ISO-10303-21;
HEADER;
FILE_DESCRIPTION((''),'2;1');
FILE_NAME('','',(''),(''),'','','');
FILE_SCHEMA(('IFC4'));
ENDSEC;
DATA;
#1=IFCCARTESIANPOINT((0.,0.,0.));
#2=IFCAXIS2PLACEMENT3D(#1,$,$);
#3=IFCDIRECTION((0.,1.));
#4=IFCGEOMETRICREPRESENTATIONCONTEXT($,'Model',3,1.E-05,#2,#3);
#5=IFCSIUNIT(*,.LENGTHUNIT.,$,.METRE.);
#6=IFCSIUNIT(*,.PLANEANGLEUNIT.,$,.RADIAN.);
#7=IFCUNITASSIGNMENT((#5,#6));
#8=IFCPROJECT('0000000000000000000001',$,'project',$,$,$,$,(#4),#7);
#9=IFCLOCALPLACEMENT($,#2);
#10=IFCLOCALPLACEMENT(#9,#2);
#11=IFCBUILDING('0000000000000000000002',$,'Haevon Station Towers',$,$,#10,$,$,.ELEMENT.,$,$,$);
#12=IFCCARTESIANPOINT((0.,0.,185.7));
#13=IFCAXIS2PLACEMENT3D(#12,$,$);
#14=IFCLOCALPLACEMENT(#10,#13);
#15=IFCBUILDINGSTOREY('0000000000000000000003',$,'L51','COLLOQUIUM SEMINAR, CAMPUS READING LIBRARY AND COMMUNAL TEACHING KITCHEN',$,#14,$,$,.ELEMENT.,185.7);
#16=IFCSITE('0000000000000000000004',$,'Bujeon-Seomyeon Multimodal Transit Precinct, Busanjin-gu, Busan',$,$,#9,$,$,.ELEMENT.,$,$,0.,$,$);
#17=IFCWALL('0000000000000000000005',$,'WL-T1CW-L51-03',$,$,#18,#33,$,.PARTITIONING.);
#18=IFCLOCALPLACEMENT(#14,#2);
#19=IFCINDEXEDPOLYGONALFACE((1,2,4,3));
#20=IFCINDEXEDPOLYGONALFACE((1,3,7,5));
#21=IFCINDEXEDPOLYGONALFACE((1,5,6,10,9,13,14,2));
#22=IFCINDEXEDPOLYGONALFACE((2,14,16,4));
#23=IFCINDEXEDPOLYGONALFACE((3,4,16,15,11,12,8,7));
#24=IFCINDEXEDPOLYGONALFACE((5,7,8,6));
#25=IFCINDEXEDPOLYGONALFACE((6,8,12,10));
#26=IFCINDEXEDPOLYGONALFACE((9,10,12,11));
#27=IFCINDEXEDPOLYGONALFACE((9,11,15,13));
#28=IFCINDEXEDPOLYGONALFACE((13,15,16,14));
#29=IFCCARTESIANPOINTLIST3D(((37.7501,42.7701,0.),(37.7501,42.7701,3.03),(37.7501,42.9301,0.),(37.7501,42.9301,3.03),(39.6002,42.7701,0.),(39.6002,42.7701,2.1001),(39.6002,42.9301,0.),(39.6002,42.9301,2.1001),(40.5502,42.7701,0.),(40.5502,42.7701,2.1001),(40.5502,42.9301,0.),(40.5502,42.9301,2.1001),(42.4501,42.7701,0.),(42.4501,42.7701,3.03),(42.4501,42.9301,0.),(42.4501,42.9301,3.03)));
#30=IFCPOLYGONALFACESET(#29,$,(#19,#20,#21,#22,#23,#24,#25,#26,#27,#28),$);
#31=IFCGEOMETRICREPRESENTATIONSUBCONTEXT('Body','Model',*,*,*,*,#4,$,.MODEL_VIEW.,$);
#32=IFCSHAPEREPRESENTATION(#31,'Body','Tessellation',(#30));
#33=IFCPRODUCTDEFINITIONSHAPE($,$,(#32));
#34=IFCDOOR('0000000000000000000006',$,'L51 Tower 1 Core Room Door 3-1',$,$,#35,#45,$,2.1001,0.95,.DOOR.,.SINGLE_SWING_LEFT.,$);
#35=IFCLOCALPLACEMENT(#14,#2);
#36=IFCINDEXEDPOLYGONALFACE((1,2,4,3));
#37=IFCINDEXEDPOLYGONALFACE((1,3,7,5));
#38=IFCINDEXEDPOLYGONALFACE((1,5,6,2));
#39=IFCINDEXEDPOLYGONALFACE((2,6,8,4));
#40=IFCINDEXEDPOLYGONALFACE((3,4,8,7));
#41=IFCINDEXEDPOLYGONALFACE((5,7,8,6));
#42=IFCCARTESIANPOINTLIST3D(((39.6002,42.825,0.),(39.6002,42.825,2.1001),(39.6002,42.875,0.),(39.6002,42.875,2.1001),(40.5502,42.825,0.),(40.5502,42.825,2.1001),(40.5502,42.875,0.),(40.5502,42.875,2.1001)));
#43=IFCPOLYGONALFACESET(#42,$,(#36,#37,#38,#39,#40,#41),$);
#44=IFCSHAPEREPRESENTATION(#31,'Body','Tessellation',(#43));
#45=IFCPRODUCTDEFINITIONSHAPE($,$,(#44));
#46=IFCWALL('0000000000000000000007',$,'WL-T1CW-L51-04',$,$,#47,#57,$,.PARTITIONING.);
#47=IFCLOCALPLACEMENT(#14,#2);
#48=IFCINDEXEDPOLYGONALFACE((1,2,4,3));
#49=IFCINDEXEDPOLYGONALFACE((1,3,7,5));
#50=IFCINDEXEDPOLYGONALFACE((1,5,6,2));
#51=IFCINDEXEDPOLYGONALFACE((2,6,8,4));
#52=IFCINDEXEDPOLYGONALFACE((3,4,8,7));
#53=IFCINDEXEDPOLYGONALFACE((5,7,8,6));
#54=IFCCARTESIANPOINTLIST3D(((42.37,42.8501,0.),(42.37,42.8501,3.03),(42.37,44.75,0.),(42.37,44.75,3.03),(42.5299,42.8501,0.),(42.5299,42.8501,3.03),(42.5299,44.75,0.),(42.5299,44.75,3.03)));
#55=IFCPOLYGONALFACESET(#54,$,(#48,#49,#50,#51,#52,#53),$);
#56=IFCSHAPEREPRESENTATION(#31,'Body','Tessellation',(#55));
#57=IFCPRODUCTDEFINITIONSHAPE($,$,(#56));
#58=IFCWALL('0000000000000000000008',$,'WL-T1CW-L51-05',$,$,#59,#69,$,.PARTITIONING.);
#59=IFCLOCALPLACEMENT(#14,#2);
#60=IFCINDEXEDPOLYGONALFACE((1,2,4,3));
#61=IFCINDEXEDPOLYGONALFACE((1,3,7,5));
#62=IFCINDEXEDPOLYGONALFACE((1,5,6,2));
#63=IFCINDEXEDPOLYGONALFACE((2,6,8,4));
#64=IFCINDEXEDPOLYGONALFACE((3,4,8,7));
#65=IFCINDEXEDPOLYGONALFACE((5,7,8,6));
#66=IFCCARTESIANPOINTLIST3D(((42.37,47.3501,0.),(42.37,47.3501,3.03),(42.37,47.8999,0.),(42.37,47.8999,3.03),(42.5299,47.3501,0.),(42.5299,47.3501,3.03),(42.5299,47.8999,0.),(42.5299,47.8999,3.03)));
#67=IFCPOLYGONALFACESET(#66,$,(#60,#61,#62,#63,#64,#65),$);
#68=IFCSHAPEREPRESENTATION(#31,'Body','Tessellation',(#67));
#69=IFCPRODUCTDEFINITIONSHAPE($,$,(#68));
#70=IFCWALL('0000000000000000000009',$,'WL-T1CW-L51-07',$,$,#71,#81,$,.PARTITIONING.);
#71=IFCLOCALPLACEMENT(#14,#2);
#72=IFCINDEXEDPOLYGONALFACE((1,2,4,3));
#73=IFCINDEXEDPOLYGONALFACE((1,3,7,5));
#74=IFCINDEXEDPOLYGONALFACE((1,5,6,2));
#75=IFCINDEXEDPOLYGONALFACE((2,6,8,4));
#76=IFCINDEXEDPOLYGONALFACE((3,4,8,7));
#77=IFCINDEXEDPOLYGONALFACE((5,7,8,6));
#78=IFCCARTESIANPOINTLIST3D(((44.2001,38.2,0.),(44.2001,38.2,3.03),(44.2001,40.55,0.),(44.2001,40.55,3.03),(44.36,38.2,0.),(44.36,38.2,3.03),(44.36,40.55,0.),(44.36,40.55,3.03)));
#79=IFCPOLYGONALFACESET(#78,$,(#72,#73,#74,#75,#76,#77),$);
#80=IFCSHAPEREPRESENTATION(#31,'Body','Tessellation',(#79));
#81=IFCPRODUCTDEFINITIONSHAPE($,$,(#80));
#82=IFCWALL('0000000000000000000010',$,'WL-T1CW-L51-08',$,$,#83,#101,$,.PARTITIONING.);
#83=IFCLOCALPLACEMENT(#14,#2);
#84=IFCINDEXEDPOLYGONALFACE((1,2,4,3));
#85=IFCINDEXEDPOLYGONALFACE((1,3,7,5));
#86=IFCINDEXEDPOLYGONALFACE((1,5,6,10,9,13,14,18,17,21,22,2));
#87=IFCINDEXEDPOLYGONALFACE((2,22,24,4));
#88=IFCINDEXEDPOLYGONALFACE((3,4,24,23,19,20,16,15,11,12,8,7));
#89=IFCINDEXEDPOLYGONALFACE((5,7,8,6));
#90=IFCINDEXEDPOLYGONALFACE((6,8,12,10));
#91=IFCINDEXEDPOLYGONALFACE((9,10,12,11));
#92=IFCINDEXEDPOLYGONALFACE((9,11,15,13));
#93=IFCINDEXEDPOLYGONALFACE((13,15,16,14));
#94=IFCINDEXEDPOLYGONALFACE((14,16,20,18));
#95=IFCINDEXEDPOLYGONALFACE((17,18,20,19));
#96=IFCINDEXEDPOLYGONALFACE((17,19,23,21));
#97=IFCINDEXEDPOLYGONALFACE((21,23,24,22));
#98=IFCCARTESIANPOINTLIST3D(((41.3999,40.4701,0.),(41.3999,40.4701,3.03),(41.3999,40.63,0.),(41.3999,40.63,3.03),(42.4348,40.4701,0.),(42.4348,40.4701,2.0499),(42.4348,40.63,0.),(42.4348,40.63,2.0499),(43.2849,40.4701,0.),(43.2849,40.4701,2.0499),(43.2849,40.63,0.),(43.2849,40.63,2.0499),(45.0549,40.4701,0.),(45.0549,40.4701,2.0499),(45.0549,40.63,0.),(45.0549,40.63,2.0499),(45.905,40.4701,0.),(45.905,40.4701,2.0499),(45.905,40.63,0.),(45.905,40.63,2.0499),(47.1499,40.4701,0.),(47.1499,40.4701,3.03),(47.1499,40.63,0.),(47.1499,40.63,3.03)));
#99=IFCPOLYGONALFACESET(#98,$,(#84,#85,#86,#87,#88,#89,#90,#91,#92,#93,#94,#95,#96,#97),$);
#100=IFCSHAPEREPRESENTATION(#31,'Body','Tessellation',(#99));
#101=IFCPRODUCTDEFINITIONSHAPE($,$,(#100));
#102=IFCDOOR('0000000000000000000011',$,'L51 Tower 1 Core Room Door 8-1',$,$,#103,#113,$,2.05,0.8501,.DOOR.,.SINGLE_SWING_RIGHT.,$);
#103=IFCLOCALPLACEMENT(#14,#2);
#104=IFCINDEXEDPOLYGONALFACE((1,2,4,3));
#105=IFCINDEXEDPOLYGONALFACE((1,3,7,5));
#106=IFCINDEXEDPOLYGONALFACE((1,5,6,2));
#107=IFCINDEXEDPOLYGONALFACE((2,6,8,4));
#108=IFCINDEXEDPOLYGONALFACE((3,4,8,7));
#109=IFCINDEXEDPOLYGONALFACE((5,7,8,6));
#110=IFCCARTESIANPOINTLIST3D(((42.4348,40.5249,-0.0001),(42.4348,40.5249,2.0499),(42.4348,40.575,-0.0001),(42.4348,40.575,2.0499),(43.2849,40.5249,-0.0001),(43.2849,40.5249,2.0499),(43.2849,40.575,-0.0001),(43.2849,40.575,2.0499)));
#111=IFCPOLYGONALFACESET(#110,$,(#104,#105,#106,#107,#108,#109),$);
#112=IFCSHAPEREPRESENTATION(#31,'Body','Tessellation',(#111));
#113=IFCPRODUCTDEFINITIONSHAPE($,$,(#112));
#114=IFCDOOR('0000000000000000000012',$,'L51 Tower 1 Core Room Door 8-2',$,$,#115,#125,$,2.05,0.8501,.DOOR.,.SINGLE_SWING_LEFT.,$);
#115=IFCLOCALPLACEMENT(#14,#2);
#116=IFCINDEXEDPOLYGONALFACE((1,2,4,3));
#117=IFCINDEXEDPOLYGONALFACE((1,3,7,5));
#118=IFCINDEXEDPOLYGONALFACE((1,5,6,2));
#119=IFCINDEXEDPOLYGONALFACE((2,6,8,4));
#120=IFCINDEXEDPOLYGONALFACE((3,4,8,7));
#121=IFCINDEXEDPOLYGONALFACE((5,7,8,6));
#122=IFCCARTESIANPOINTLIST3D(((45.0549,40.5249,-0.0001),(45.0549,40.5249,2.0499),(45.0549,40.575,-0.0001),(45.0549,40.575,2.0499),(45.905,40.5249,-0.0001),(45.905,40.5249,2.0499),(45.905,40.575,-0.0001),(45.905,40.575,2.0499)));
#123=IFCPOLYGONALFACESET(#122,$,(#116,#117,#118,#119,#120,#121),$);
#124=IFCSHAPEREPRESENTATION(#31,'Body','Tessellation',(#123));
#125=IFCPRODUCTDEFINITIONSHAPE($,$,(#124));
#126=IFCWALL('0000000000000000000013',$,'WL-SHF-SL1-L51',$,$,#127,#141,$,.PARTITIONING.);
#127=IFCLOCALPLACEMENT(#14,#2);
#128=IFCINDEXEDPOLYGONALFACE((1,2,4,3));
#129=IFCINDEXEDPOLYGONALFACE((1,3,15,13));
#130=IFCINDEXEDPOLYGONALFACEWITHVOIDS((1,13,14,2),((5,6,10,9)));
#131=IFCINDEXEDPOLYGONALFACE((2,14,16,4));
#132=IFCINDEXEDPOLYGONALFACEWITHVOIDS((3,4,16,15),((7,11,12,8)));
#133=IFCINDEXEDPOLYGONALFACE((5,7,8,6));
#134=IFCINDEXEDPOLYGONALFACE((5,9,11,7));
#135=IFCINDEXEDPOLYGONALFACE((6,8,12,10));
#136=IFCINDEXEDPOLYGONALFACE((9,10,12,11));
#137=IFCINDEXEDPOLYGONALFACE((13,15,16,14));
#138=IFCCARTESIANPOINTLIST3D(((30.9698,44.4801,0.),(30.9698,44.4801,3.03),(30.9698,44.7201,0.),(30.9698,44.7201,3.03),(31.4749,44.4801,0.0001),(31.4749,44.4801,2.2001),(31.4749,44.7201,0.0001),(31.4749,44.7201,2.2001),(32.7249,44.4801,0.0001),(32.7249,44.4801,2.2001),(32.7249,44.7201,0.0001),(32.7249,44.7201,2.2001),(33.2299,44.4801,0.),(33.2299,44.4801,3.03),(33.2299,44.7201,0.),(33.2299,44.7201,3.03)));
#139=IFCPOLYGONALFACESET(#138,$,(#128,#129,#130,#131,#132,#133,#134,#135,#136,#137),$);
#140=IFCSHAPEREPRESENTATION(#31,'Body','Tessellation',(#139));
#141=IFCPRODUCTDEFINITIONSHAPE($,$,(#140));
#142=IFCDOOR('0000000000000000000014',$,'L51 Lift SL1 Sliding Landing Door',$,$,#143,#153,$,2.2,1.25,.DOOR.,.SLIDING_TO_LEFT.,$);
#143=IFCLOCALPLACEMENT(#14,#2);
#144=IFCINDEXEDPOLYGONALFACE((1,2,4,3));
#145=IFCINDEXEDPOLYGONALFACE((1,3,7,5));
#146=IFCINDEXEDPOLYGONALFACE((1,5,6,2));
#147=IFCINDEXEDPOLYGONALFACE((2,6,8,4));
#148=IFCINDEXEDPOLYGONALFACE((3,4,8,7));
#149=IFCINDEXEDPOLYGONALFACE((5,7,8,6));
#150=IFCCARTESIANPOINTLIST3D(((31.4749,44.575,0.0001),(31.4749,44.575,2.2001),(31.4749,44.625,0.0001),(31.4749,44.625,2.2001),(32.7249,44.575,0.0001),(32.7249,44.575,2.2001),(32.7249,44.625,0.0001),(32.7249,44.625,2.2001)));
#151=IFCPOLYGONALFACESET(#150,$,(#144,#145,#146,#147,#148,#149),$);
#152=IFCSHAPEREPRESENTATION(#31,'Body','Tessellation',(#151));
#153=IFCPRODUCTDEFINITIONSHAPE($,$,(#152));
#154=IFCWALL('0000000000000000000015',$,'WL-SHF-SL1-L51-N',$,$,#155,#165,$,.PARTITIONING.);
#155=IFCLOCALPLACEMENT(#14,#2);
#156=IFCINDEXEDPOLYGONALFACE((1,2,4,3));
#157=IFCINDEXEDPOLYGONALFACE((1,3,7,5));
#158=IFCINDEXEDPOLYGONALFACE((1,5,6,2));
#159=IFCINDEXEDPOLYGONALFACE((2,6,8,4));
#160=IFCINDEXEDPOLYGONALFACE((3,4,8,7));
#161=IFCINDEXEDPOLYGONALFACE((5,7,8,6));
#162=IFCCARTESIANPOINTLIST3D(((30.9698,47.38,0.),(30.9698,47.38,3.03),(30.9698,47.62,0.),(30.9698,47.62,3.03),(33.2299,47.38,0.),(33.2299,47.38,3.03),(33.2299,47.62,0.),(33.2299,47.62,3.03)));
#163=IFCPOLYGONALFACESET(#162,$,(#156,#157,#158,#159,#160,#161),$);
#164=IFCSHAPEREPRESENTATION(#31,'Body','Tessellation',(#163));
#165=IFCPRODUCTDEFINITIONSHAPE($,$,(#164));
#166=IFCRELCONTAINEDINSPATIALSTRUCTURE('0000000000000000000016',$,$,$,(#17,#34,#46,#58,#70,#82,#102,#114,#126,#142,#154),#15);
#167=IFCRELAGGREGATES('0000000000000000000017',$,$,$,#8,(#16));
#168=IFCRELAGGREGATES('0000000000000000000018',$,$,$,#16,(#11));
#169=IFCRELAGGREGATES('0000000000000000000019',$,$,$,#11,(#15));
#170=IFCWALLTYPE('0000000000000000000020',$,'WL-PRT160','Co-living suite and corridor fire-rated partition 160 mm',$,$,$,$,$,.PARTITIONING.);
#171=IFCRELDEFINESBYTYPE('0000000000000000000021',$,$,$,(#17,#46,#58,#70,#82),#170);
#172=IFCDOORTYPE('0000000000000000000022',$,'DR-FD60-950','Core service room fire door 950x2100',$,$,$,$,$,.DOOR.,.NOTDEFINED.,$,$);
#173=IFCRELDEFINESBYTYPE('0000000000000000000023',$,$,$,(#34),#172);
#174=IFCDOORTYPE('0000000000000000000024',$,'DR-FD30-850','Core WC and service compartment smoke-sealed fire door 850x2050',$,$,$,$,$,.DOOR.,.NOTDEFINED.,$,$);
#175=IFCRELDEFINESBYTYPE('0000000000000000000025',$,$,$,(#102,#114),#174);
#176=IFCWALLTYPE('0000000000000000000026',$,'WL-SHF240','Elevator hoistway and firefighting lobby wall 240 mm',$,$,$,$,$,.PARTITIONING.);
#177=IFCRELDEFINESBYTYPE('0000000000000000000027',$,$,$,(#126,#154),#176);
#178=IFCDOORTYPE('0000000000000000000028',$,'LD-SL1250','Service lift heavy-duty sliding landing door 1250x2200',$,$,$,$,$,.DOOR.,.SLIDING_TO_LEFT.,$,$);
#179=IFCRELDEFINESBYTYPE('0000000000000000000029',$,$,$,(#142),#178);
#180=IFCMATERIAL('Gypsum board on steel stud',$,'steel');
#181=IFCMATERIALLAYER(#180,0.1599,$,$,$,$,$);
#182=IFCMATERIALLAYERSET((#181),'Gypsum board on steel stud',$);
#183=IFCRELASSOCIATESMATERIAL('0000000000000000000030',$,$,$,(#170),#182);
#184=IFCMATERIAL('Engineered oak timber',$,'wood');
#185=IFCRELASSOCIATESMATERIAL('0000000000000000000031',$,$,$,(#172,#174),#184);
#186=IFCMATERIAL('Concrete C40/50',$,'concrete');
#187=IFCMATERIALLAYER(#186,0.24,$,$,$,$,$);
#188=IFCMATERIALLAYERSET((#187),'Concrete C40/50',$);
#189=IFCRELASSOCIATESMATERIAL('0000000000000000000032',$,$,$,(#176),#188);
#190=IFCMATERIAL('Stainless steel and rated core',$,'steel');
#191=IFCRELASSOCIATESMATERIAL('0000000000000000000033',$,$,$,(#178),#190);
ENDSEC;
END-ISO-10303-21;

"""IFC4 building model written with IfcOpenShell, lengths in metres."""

from ifc_helpers import new_model, si_unit, direction, frame, frame_2d, origin, place, context, subcontext, project, spatial, rectangle, extrude, material, layer, layer_set, type_object, element, fill, save


model = new_model("IFC4")

# Units and contexts
model_context = context("Model", 3, precision=1e-05, world=origin(), true_north=direction((0.0, 1.0)))
body_context = subcontext(model_context, "Body", "Model", "MODEL_VIEW")
ifc_project = project(units=[si_unit("LENGTHUNIT", "METRE"), si_unit("PLANEANGLEUNIT", "RADIAN")], contexts=[model_context])

# Site, building, storey
site_placement = place(None, origin())
site = spatial("IfcSite", under=ifc_project, at=site_placement, Name="Bujeon-Seomyeon Multimodal Transit Precinct, Busanjin-gu, Busan", CompositionType="ELEMENT", RefElevation=0.0)
building_placement = place(site_placement, origin())
building = spatial("IfcBuilding", under=site, at=building_placement, Name="Haevon Station Towers", CompositionType="ELEMENT")
storey_placement = place(building_placement, frame((0.0, 0.0, 185.7)))
storey = spatial("IfcBuildingStorey", under=building, at=storey_placement, Name="L51", Description="COLLOQUIUM SEMINAR, CAMPUS READING LIBRARY AND COMMUNAL TEACHING KITCHEN", CompositionType="ELEMENT", Elevation=185.7)

# Shared definitions
ifc_material_1 = material(Name="Gypsum board on steel stud", Category="steel")
ifc_layer_1 = layer(ifc_material_1, 0.1599)
ifc_layer_set_1 = layer_set([ifc_layer_1], Name="Gypsum board on steel stud")
wall_type_1 = type_object("IfcWallType", Name="WL-PRT160", Description="Co-living suite and corridor fire-rated partition 160 mm", PredefinedType="PARTITIONING", material=ifc_layer_set_1)
ifc_material_2 = material(Name="Engineered oak timber", Category="wood")
door_type_1 = type_object("IfcDoorType", Name="DR-FD60-950", Description="Core service room fire door 950x2100", OperationType="NOTDEFINED", PredefinedType="DOOR", material=ifc_material_2)

# Wall, opening, door
wall_1_placement = place(storey_placement, frame((37.75, 42.8501, 0.0), z_axis=(0.0, 0.0, 1.0), x_axis=(1.0, 0.0, 0.0)))
wall_1 = element("IfcWall", 1, at=wall_1_placement, inside=storey, type_object=wall_type_1, Name="WL-T1CW-L51-03", PredefinedType="PARTITIONING", context=body_context, shape_type="SweptSolid", body=[
    extrude(rectangle(XDim=4.7, YDim=0.1599, at=frame_2d((2.3501, 0.0))), origin(), (0.0, 0.0, 1.0), 3.03),
])
opening_1_placement = place(wall_1_placement, frame((1.8501, 0.0, 0.0)))
opening_1 = element("IfcOpeningElement", 2, at=opening_1_placement, cuts=wall_1, PredefinedType="OPENING", context=body_context, shape_type="SweptSolid", body=[
    extrude(rectangle(XDim=0.95, YDim=2.1001, at=frame_2d((0.4751, 1.05))), frame((0.0, 0.0898, 0.0), z_axis=(0.0, -1.0, 0.0), x_axis=(1.0, 0.0, 0.0)), (0.0, 0.0, 1.0), 0.1799),
])
door_1_placement = place(opening_1_placement, origin())
door_1 = element("IfcDoor", 3, at=door_1_placement, inside=storey, type_object=door_type_1, Name="L51 Tower 1 Core Room Door 3-1", OperationType="SINGLE_SWING_LEFT", OverallHeight=2.1001, OverallWidth=0.95, PredefinedType="DOOR", context=body_context, shape_type="SweptSolid", body=[
    extrude(rectangle(XDim=0.95, YDim=2.1001, at=frame_2d((0.4751, 1.05))), frame((0.0, 0.0249, 0.0), z_axis=(0.0, -1.0, 0.0), x_axis=(1.0, 0.0, 0.0)), (0.0, 0.0, 1.0), 0.05),
])
fill(opening_1, door_1)

# Walls
wall_2_placement = place(storey_placement, frame((42.45, 42.8501, 0.0), z_axis=(0.0, 0.0, 1.0), x_axis=(0.0, 1.0, 0.0)))
element("IfcWall", 4, at=wall_2_placement, inside=storey, type_object=wall_type_1, Name="WL-T1CW-L51-04", PredefinedType="PARTITIONING", context=body_context, shape_type="SweptSolid", body=[
    extrude(rectangle(XDim=1.8999, YDim=0.1599, at=frame_2d((0.95, 0.0))), origin(), (0.0, 0.0, 1.0), 3.03),
])
wall_3_placement = place(storey_placement, frame((42.45, 47.3501, 0.0), z_axis=(0.0, 0.0, 1.0), x_axis=(0.0, 1.0, 0.0)))
element("IfcWall", 5, at=wall_3_placement, inside=storey, type_object=wall_type_1, Name="WL-T1CW-L51-05", PredefinedType="PARTITIONING", context=body_context, shape_type="SweptSolid", body=[
    extrude(rectangle(XDim=0.5498, YDim=0.1599, at=frame_2d((0.2749, 0.0))), origin(), (0.0, 0.0, 1.0), 3.03),
])
wall_4_placement = place(storey_placement, frame((44.28, 38.2, 0.0), z_axis=(0.0, 0.0, 1.0), x_axis=(0.0, 1.0, 0.0)))
element("IfcWall", 6, at=wall_4_placement, inside=storey, type_object=wall_type_1, Name="WL-T1CW-L51-07", PredefinedType="PARTITIONING", context=body_context, shape_type="SweptSolid", body=[
    extrude(rectangle(XDim=2.3501, YDim=0.1599, at=frame_2d((1.175, 0.0))), origin(), (0.0, 0.0, 1.0), 3.03),
])

# Wall, openings, doors
wall_5_placement = place(storey_placement, frame((41.3999, 40.55, 0.0), z_axis=(0.0, 0.0, 1.0), x_axis=(1.0, 0.0, 0.0)))
wall_5 = element("IfcWall", 7, at=wall_5_placement, inside=storey, type_object=wall_type_1, Name="WL-T1CW-L51-08", PredefinedType="PARTITIONING", context=body_context, shape_type="SweptSolid", body=[
    extrude(rectangle(XDim=5.75, YDim=0.1599, at=frame_2d((2.875, 0.0))), origin(), (0.0, 0.0, 1.0), 3.03),
])
opening_2_placement = place(wall_5_placement, frame((1.0349, 0.0, 0.0)))
opening_2 = element("IfcOpeningElement", 8, at=opening_2_placement, cuts=wall_5, PredefinedType="OPENING", context=body_context, shape_type="SweptSolid", body=[
    extrude(rectangle(XDim=0.8501, YDim=2.05, at=frame_2d((0.425, 1.0249))), frame((0.0, 0.0898, 0.0), z_axis=(0.0, -1.0, 0.0), x_axis=(1.0, 0.0, 0.0)), (0.0, 0.0, 1.0), 0.1799),
])
opening_3_placement = place(wall_5_placement, frame((3.655, 0.0, 0.0)))
opening_3 = element("IfcOpeningElement", 9, at=opening_3_placement, cuts=wall_5, PredefinedType="OPENING", context=body_context, shape_type="SweptSolid", body=[
    extrude(rectangle(XDim=0.8501, YDim=2.05, at=frame_2d((0.425, 1.0249))), frame((0.0, 0.0898, 0.0), z_axis=(0.0, -1.0, 0.0), x_axis=(1.0, 0.0, 0.0)), (0.0, 0.0, 1.0), 0.1799),
])
door_type_2 = type_object("IfcDoorType", Name="DR-FD30-850", Description="Core WC and service compartment smoke-sealed fire door 850x2050", OperationType="NOTDEFINED", PredefinedType="DOOR", material=ifc_material_2)
door_2_placement = place(opening_2_placement, origin())
door_2 = element("IfcDoor", 10, at=door_2_placement, inside=storey, type_object=door_type_2, Name="L51 Tower 1 Core Room Door 8-1", OperationType="SINGLE_SWING_RIGHT", OverallHeight=2.05, OverallWidth=0.8501, PredefinedType="DOOR", context=body_context, shape_type="SweptSolid", body=[
    extrude(rectangle(XDim=0.8501, YDim=2.05, at=frame_2d((0.425, 1.0249))), frame((0.0, 0.0249, 0.0), z_axis=(0.0, -1.0, 0.0), x_axis=(1.0, 0.0, 0.0)), (0.0, 0.0, 1.0), 0.05),
])
fill(opening_2, door_2)
door_3_placement = place(opening_3_placement, origin())
door_3 = element("IfcDoor", 11, at=door_3_placement, inside=storey, type_object=door_type_2, Name="L51 Tower 1 Core Room Door 8-2", OperationType="SINGLE_SWING_LEFT", OverallHeight=2.05, OverallWidth=0.8501, PredefinedType="DOOR", context=body_context, shape_type="SweptSolid", body=[
    extrude(rectangle(XDim=0.8501, YDim=2.05, at=frame_2d((0.425, 1.0249))), frame((0.0, 0.0249, 0.0), z_axis=(0.0, -1.0, 0.0), x_axis=(1.0, 0.0, 0.0)), (0.0, 0.0, 1.0), 0.05),
])
fill(opening_3, door_3)

# Wall, opening, door
ifc_material_3 = material(Name="Concrete C40/50", Category="concrete")
ifc_layer_2 = layer(ifc_material_3, 0.24)
ifc_layer_set_2 = layer_set([ifc_layer_2], Name="Concrete C40/50")
wall_type_2 = type_object("IfcWallType", Name="WL-SHF240", Description="Elevator hoistway and firefighting lobby wall 240 mm", PredefinedType="PARTITIONING", material=ifc_layer_set_2)
wall_6_placement = place(storey_placement, frame((30.97, 44.6001, 0.0), z_axis=(0.0, 0.0, 1.0), x_axis=(1.0, 0.0, 0.0)))
wall_6 = element("IfcWall", 12, at=wall_6_placement, inside=storey, type_object=wall_type_2, Name="WL-SHF-SL1-L51", PredefinedType="PARTITIONING", context=body_context, shape_type="SweptSolid", body=[
    extrude(rectangle(XDim=2.26, YDim=0.24, at=frame_2d((1.1299, 0.0))), origin(), (0.0, 0.0, 1.0), 3.03),
])
opening_4_placement = place(wall_6_placement, frame((0.5049, 0.0, 0.0)))
opening_4 = element("IfcOpeningElement", 13, at=opening_4_placement, cuts=wall_6, PredefinedType="OPENING", context=body_context, shape_type="SweptSolid", body=[
    extrude(rectangle(XDim=1.25, YDim=2.2, at=frame_2d((0.625, 1.1001))), frame((0.0, 0.1299, 0.0), z_axis=(0.0, -1.0, 0.0), x_axis=(1.0, 0.0, 0.0)), (0.0, 0.0, 1.0), 0.26),
])
ifc_material_4 = material(Name="Stainless steel and rated core", Category="steel")
door_type_3 = type_object("IfcDoorType", Name="LD-SL1250", Description="Service lift heavy-duty sliding landing door 1250x2200", OperationType="SLIDING_TO_LEFT", PredefinedType="DOOR", material=ifc_material_4)
door_4_placement = place(opening_4_placement, origin())
door_4 = element("IfcDoor", 14, at=door_4_placement, inside=storey, type_object=door_type_3, Name="L51 Lift SL1 Sliding Landing Door", OperationType="SLIDING_TO_LEFT", OverallHeight=2.2, OverallWidth=1.25, PredefinedType="DOOR", context=body_context, shape_type="SweptSolid", body=[
    extrude(rectangle(XDim=1.25, YDim=2.2, at=frame_2d((0.625, 1.1001))), frame((0.0, 0.0249, 0.0), z_axis=(0.0, -1.0, 0.0), x_axis=(1.0, 0.0, 0.0)), (0.0, 0.0, 1.0), 0.05),
])
fill(opening_4, door_4)

# Wall
wall_7_placement = place(storey_placement, frame((30.97, 47.5, 0.0), z_axis=(0.0, 0.0, 1.0), x_axis=(1.0, 0.0, 0.0)))
element("IfcWall", 15, at=wall_7_placement, inside=storey, type_object=wall_type_2, Name="WL-SHF-SL1-L51-N", PredefinedType="PARTITIONING", context=body_context, shape_type="SweptSolid", body=[
    extrude(rectangle(XDim=2.26, YDim=0.24, at=frame_2d((1.1299, 0.0))), origin(), (0.0, 0.0, 1.0), 3.03),
])

save(model, "model.ifc")
